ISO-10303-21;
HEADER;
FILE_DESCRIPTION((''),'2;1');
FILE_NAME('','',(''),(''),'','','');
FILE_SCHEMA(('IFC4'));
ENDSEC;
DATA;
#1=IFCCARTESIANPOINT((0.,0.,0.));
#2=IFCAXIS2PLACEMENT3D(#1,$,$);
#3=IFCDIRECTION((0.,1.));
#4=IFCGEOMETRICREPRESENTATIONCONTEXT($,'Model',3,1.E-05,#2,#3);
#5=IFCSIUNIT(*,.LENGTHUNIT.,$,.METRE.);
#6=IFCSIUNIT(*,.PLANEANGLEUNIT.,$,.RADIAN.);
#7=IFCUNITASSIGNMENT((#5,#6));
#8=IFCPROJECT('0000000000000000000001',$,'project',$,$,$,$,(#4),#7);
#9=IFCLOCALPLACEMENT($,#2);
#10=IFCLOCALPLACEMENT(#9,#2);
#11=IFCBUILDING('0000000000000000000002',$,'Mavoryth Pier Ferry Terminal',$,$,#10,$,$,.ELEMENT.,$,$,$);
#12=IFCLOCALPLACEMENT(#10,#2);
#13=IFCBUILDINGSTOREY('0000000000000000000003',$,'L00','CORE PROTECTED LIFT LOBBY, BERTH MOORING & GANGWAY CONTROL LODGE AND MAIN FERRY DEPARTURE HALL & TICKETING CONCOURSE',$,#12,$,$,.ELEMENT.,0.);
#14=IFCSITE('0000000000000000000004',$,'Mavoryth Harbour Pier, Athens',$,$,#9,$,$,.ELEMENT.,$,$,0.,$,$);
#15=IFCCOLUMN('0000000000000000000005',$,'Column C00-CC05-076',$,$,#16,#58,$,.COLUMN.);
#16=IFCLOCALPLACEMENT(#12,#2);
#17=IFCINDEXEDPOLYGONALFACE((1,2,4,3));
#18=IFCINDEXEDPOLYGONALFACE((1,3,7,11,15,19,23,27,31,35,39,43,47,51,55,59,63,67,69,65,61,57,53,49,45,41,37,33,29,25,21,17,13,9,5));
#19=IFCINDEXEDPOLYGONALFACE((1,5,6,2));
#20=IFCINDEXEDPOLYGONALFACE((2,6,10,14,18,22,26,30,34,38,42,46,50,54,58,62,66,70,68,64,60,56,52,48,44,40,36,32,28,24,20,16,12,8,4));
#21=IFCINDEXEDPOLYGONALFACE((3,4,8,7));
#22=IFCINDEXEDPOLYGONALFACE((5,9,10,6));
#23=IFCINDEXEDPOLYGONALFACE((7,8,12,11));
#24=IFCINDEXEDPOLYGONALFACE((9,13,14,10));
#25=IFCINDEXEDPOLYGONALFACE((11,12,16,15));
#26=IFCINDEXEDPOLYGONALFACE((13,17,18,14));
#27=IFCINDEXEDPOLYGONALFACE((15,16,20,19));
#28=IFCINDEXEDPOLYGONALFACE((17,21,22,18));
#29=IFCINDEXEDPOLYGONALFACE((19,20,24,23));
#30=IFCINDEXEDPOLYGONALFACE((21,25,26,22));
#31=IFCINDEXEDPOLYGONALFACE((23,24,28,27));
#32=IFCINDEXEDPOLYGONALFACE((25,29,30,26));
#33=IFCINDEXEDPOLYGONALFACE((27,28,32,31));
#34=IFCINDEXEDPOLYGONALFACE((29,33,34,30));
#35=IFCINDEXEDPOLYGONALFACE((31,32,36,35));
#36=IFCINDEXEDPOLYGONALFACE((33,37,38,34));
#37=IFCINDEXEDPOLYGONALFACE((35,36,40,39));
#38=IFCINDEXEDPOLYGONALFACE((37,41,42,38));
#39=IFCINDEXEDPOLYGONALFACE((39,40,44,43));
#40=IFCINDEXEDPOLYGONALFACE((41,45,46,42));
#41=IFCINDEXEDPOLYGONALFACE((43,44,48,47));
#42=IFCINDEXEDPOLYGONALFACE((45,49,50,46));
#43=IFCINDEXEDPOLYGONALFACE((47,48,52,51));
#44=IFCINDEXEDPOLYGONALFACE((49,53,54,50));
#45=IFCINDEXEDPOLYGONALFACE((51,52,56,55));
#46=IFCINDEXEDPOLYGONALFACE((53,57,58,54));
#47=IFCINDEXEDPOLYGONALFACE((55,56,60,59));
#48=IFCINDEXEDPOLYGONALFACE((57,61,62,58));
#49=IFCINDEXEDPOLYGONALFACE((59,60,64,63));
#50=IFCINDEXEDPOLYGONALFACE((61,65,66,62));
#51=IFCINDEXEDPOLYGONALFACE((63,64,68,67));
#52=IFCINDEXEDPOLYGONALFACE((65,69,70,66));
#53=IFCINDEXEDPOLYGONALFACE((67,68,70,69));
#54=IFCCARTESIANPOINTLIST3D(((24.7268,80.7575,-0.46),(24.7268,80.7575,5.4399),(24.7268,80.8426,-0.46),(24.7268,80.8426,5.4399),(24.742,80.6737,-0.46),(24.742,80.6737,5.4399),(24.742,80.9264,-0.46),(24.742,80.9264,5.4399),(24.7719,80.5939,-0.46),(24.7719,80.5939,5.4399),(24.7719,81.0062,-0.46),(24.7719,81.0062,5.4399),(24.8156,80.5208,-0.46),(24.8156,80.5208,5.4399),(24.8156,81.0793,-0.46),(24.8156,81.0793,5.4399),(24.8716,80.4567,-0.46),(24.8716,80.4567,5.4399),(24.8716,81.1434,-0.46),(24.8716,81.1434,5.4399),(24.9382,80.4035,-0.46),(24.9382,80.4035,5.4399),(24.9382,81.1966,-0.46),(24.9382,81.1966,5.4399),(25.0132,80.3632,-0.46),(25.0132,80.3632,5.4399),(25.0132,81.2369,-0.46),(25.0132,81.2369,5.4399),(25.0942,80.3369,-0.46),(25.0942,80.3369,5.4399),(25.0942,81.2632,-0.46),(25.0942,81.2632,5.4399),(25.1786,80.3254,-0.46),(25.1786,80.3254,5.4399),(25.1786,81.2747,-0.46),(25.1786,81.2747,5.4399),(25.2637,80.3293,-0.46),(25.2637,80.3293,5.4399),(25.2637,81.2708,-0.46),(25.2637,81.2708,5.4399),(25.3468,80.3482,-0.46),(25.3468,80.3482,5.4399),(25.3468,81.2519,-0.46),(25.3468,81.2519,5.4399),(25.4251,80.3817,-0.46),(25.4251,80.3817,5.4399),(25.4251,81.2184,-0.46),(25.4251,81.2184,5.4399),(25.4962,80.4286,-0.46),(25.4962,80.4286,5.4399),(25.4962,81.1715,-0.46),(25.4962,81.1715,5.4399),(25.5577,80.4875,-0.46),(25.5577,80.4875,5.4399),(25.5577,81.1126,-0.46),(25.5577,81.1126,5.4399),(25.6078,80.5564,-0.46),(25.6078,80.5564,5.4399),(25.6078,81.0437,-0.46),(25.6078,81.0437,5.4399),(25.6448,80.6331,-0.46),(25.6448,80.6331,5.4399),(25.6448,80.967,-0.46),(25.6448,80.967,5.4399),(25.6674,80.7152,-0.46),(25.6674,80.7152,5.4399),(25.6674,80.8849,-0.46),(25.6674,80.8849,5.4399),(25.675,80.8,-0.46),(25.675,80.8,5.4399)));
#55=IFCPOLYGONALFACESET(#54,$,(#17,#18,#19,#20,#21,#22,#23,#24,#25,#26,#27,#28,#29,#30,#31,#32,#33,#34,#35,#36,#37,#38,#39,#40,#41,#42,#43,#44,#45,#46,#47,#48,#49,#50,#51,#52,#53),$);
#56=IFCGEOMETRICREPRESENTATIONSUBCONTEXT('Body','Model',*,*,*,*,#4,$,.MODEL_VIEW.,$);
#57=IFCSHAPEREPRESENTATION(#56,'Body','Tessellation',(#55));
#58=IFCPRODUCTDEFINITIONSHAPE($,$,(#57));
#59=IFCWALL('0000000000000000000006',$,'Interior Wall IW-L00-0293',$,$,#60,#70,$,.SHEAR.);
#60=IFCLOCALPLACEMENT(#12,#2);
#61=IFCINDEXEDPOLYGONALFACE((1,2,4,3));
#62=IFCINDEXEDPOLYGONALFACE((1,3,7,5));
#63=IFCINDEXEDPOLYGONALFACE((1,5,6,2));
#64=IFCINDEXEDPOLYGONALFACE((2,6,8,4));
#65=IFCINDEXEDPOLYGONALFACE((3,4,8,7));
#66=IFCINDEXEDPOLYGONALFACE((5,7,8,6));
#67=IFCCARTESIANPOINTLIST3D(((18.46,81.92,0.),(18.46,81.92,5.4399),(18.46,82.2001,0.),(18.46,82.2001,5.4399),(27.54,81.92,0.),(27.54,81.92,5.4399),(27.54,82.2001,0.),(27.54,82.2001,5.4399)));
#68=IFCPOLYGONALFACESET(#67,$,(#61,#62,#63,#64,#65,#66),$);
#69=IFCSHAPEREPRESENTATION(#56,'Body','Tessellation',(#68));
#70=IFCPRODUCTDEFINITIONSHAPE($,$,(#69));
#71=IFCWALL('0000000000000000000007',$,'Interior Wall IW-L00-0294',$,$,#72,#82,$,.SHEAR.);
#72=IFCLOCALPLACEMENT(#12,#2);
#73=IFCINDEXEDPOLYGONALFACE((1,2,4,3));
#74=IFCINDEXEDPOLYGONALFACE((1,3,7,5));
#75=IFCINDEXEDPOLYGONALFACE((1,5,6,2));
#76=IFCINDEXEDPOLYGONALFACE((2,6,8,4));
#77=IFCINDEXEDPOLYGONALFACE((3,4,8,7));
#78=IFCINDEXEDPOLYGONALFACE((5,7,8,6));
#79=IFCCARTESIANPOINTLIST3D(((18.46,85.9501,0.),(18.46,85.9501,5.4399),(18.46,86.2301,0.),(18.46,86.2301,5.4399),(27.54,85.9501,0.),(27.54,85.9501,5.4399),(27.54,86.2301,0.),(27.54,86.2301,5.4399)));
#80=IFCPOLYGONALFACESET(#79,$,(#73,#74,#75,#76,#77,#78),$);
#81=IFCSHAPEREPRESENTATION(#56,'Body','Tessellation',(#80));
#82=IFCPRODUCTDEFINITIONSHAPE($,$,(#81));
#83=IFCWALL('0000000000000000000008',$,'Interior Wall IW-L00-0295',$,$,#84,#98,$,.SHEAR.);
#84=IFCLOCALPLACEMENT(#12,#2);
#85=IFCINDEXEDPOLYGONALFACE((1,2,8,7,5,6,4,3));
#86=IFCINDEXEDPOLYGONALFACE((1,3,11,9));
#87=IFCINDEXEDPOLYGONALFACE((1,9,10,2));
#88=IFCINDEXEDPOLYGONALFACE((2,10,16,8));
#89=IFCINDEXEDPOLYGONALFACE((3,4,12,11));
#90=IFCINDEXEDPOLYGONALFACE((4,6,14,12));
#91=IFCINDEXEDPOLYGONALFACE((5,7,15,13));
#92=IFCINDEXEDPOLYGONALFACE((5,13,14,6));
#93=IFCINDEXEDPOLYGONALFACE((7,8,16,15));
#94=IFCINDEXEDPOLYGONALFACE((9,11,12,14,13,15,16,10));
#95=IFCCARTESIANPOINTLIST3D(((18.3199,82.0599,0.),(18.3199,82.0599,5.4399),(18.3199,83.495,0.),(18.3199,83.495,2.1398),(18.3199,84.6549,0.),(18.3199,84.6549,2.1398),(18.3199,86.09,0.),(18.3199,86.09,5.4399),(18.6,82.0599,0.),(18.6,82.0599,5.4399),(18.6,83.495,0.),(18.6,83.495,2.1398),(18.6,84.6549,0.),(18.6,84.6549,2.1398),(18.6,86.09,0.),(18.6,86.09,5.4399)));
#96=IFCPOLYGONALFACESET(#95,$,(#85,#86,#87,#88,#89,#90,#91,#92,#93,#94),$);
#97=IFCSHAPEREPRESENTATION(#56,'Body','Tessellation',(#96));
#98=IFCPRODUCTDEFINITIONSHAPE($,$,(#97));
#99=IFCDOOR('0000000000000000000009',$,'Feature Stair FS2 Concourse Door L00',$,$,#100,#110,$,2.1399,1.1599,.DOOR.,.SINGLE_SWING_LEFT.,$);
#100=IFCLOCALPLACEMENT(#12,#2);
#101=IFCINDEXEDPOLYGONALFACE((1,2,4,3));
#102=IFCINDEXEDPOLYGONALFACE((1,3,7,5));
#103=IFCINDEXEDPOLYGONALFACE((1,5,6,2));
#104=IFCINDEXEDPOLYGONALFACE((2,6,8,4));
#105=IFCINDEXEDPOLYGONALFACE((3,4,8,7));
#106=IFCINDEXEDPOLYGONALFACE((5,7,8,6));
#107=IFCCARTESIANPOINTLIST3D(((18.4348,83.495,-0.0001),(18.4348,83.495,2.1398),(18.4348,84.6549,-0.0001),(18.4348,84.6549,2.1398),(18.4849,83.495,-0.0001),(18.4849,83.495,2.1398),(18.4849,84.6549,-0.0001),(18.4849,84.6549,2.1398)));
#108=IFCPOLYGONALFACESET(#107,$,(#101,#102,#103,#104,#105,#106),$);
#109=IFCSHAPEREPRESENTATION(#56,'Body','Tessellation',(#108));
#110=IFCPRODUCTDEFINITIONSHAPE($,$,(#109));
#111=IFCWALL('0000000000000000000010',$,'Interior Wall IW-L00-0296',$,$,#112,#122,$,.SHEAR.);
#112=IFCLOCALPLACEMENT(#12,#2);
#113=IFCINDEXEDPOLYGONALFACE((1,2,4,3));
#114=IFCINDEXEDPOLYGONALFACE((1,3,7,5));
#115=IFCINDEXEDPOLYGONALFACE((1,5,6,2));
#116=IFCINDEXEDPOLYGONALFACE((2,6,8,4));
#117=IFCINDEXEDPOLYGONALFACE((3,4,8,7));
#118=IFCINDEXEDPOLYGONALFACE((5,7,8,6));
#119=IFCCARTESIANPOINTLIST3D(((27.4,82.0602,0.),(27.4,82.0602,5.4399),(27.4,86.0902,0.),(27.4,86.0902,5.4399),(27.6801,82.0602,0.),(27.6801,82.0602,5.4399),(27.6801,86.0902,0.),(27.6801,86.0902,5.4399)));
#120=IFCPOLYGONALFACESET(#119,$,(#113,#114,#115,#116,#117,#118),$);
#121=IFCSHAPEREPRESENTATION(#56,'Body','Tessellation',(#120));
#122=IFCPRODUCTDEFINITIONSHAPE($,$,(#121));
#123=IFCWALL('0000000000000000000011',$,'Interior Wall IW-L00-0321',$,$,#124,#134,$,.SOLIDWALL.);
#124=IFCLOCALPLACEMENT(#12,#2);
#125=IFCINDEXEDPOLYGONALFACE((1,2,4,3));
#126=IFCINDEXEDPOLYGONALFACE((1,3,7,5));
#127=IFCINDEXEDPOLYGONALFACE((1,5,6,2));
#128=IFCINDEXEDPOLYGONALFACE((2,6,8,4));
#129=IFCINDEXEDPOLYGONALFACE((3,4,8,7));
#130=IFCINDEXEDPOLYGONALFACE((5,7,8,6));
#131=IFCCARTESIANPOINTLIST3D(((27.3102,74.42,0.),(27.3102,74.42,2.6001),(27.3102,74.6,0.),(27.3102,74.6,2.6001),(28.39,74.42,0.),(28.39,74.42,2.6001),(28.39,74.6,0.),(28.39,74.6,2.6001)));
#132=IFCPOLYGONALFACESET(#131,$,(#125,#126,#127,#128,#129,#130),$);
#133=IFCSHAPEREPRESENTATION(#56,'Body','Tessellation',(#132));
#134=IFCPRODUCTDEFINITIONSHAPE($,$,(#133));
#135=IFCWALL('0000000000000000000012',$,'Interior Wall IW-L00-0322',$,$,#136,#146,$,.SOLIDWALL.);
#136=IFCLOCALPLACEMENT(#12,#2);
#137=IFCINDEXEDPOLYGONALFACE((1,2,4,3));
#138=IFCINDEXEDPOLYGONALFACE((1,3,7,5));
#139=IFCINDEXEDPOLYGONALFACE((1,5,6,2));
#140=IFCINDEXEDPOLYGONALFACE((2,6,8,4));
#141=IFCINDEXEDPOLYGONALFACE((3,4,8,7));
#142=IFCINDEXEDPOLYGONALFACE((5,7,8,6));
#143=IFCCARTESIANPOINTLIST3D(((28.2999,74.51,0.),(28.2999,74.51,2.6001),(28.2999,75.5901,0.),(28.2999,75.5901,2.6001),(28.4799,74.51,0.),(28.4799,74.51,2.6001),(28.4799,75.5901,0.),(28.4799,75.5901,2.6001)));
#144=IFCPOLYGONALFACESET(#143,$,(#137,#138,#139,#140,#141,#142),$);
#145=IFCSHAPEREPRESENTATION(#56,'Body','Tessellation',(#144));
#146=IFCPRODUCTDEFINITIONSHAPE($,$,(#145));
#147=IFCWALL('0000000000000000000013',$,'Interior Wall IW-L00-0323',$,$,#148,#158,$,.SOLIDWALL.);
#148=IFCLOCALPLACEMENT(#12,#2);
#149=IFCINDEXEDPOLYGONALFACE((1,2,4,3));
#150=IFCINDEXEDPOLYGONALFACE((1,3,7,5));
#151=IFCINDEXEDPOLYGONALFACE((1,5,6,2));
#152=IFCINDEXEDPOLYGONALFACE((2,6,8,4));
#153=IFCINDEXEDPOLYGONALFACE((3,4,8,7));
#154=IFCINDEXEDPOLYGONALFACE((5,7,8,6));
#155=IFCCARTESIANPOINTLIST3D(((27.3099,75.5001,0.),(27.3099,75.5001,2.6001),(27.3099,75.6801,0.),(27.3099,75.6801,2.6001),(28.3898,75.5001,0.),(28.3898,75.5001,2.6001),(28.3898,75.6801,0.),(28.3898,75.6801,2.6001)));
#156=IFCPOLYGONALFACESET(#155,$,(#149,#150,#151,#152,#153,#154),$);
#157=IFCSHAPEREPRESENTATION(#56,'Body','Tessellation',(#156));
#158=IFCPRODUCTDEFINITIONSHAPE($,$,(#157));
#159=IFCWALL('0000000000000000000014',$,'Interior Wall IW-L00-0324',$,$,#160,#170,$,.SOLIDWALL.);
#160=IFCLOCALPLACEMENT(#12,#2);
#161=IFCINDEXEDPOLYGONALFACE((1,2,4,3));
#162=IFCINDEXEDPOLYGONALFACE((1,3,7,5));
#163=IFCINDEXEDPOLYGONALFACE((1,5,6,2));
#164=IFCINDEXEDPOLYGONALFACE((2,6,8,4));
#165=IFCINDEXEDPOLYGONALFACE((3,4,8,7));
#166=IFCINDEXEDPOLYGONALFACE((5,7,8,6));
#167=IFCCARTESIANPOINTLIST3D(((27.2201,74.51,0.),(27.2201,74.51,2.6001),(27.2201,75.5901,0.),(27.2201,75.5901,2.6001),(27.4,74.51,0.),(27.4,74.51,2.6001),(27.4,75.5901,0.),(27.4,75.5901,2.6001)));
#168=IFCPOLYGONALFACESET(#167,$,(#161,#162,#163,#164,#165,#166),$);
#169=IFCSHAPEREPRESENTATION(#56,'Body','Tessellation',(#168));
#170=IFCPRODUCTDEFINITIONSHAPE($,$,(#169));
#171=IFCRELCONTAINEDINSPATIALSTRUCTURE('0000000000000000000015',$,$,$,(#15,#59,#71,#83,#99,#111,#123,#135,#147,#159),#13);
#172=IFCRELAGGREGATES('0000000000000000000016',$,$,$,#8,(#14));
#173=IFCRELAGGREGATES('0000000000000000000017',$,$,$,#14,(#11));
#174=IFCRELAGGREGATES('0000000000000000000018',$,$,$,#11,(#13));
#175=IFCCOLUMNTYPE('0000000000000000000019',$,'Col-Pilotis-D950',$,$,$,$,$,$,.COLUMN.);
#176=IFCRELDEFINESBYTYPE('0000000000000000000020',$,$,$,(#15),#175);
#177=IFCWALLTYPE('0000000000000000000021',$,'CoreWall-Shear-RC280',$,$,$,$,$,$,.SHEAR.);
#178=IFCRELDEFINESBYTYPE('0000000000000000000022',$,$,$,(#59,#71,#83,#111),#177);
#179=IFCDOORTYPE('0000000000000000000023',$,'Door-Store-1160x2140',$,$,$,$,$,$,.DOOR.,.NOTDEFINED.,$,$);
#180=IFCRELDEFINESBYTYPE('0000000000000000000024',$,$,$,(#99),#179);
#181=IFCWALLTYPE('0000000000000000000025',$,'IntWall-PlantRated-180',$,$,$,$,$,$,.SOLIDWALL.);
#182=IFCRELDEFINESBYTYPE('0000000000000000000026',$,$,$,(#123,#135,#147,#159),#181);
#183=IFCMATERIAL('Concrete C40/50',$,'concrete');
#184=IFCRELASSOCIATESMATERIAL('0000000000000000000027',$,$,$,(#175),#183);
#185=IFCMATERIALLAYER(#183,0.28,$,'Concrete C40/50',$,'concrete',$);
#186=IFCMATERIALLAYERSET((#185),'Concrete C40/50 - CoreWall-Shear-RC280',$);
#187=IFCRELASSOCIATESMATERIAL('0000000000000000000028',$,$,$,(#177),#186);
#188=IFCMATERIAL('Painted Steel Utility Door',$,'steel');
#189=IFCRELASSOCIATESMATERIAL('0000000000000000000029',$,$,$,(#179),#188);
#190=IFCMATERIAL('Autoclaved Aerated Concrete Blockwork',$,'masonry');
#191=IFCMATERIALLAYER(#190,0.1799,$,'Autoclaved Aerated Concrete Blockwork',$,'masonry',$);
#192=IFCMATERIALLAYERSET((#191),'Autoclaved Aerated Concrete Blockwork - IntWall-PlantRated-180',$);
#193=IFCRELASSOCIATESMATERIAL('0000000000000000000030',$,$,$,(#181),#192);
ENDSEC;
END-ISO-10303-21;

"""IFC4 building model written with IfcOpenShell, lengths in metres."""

from ifc_helpers import new_model, si_unit, direction, frame, frame_2d, origin, origin_2d, place, context, subcontext, project, spatial, rectangle, circle, extrude, material, layer, layer_set, material_profile, profile_set, type_object, element, fill, save


model = new_model("IFC4")

# Units and contexts
model_context = context("Model", 3, precision=1e-05, world=origin(), true_north=direction((0.0, 1.0)))
body_context = subcontext(model_context, "Body", "Model", "MODEL_VIEW")
ifc_project = project(units=[si_unit("LENGTHUNIT", "METRE"), si_unit("PLANEANGLEUNIT", "RADIAN")], contexts=[model_context])

# Site, building, storey
site_placement = place(None, origin())
site = spatial("IfcSite", under=ifc_project, at=site_placement, Name="Mavoryth Harbour Pier, Athens", CompositionType="ELEMENT", RefElevation=0.0)
building_placement = place(site_placement, origin())
building = spatial("IfcBuilding", under=site, at=building_placement, Name="Mavoryth Pier Ferry Terminal", CompositionType="ELEMENT")
storey_placement = place(building_placement, origin())
storey = spatial("IfcBuildingStorey", under=building, at=storey_placement, Name="L00", Description="CORE PROTECTED LIFT LOBBY, BERTH MOORING & GANGWAY CONTROL LODGE AND MAIN FERRY DEPARTURE HALL & TICKETING CONCOURSE", CompositionType="ELEMENT", Elevation=0.0)

# Column
ifc_material_1 = material(Name="Concrete C40/50", Category="concrete")
ifc_material_profile_1 = material_profile(ifc_material_1, circle(Radius=0.4751, at=origin_2d()), Name="RC D950", Category="concrete")
ifc_profile_set_1 = profile_set([ifc_material_profile_1], Name="Concrete C40/50 - RC D950")
column_type = type_object("IfcColumnType", Name="Col-Pilotis-D950", PredefinedType="COLUMN", material=ifc_profile_set_1)
column_placement = place(storey_placement, frame((25.2, 80.8, -0.46), z_axis=(0.0, 0.0, 1.0), x_axis=(1.0, 0.0, 0.0)))
element("IfcColumn", 1, at=column_placement, inside=storey, type_object=column_type, Name="Column C00-CC05-076", PredefinedType="COLUMN", context=body_context, shape_type="SweptSolid", body=[
    extrude(circle(Radius=0.4751, at=origin_2d()), origin(), (0.0, 0.0, 1.0), 5.8999),
])

# Walls
ifc_layer_1 = layer(ifc_material_1, 0.28, Name="Concrete C40/50", Category="concrete")
ifc_layer_set_1 = layer_set([ifc_layer_1], Name="Concrete C40/50 - CoreWall-Shear-RC280")
wall_type_1 = type_object("IfcWallType", Name="CoreWall-Shear-RC280", PredefinedType="SHEAR", material=ifc_layer_set_1)
for number, where, z_axis, x_axis, name in (
    (2, (18.46, 82.0601, 0.0), (0.0, 0.0, 1.0), (1.0, 0.0, 0.0), "Interior Wall IW-L00-0293"),
    (3, (18.46, 86.0901, 0.0), (0.0, 0.0, 1.0), (1.0, 0.0, 0.0), "Interior Wall IW-L00-0294"),
):
    element("IfcWall", number, at=place(storey_placement, frame(where, z_axis=z_axis, x_axis=x_axis)), inside=storey, type_object=wall_type_1, Name=name, PredefinedType="SHEAR", context=body_context, shape_type="SweptSolid", body=[
        extrude(rectangle(XDim=9.0801, YDim=0.28, at=frame_2d((4.54, 0.0))), origin(), (0.0, 0.0, 1.0), 5.4399),
    ])

# Wall, opening, door
wall_1_placement = place(storey_placement, frame((18.46, 86.0901, 0.0), z_axis=(0.0, 0.0, 1.0), x_axis=(0.0, -1.0, 0.0)))
wall_1 = element("IfcWall", 4, at=wall_1_placement, inside=storey, type_object=wall_type_1, Name="Interior Wall IW-L00-0295", PredefinedType="SHEAR", context=body_context, shape_type="SweptSolid", body=[
    extrude(rectangle(XDim=4.03, YDim=0.28, at=frame_2d((2.0151, 0.0))), origin(), (0.0, 0.0, 1.0), 5.4399),
])
opening_placement = place(wall_1_placement, frame((1.4351, 0.0, 0.0)))
opening = element("IfcOpeningElement", 5, at=opening_placement, cuts=wall_1, PredefinedType="OPENING", context=body_context, shape_type="SweptSolid", body=[
    extrude(rectangle(XDim=1.1599, YDim=2.1399, at=frame_2d((0.5801, 1.0698))), frame((0.0, 0.1499, 0.0), z_axis=(0.0, -1.0, 0.0), x_axis=(1.0, 0.0, 0.0)), (0.0, 0.0, 1.0), 0.3),
])
ifc_material_2 = material(Name="Painted Steel Utility Door", Category="steel")
door_type = type_object("IfcDoorType", Name="Door-Store-1160x2140", OperationType="NOTDEFINED", PredefinedType="DOOR", material=ifc_material_2)
door_placement = place(opening_placement, origin())
door = element("IfcDoor", 6, at=door_placement, inside=storey, type_object=door_type, Name="Feature Stair FS2 Concourse Door L00", OperationType="SINGLE_SWING_LEFT", OverallHeight=2.1399, OverallWidth=1.1599, PredefinedType="DOOR", context=body_context, shape_type="SweptSolid", body=[
    extrude(rectangle(XDim=1.1599, YDim=2.1399, at=frame_2d((0.5801, 1.0698))), frame((0.0, 0.0249, 0.0), z_axis=(0.0, -1.0, 0.0), x_axis=(1.0, 0.0, 0.0)), (0.0, 0.0, 1.0), 0.05),
])
fill(opening, door)

# Walls
wall_2_placement = place(storey_placement, frame((27.54, 82.0601, 0.0), z_axis=(0.0, 0.0, 1.0), x_axis=(0.0, 1.0, 0.0)))
element("IfcWall", 7, at=wall_2_placement, inside=storey, type_object=wall_type_1, Name="Interior Wall IW-L00-0296", PredefinedType="SHEAR", context=body_context, shape_type="SweptSolid", body=[
    extrude(rectangle(XDim=4.03, YDim=0.28, at=frame_2d((2.0151, 0.0))), origin(), (0.0, 0.0, 1.0), 5.4399),
])
ifc_material_3 = material(Name="Autoclaved Aerated Concrete Blockwork", Category="masonry")
ifc_layer_2 = layer(ifc_material_3, 0.1799, Name="Autoclaved Aerated Concrete Blockwork", Category="masonry")
ifc_layer_set_2 = layer_set([ifc_layer_2], Name="Autoclaved Aerated Concrete Blockwork - IntWall-PlantRated-180")
wall_type_2 = type_object("IfcWallType", Name="IntWall-PlantRated-180", PredefinedType="SOLIDWALL", material=ifc_layer_set_2)
wall_3_placement = place(storey_placement, frame((27.3101, 74.51, 0.0), z_axis=(0.0, 0.0, 1.0), x_axis=(1.0, 0.0, 0.0)))
element("IfcWall", 8, at=wall_3_placement, inside=storey, type_object=wall_type_2, Name="Interior Wall IW-L00-0321", PredefinedType="SOLIDWALL", context=body_context, shape_type="SweptSolid", body=[
    extrude(rectangle(XDim=1.0798, YDim=0.1799, at=frame_2d((0.54, 0.0))), origin(), (0.0, 0.0, 1.0), 2.6001),
])
wall_4_placement = place(storey_placement, frame((28.3899, 74.51, 0.0), z_axis=(0.0, 0.0, 1.0), x_axis=(0.0, 1.0, 0.0)))
element("IfcWall", 9, at=wall_4_placement, inside=storey, type_object=wall_type_2, Name="Interior Wall IW-L00-0322", PredefinedType="SOLIDWALL", context=body_context, shape_type="SweptSolid", body=[
    extrude(rectangle(XDim=1.0801, YDim=0.1799, at=frame_2d((0.54, 0.0))), origin(), (0.0, 0.0, 1.0), 2.6001),
])
wall_5_placement = place(storey_placement, frame((28.3899, 75.5901, 0.0), z_axis=(0.0, 0.0, 1.0), x_axis=(-1.0, 0.0, 0.0)))
element("IfcWall", 10, at=wall_5_placement, inside=storey, type_object=wall_type_2, Name="Interior Wall IW-L00-0323", PredefinedType="SOLIDWALL", context=body_context, shape_type="SweptSolid", body=[
    extrude(rectangle(XDim=1.0798, YDim=0.1799, at=frame_2d((0.54, 0.0))), origin(), (0.0, 0.0, 1.0), 2.6001),
])
wall_6_placement = place(storey_placement, frame((27.3101, 75.5901, 0.0), z_axis=(0.0, 0.0, 1.0), x_axis=(0.0, -1.0, 0.0)))
element("IfcWall", 11, at=wall_6_placement, inside=storey, type_object=wall_type_2, Name="Interior Wall IW-L00-0324", PredefinedType="SOLIDWALL", context=body_context, shape_type="SweptSolid", body=[
    extrude(rectangle(XDim=1.0801, YDim=0.1799, at=frame_2d((0.54, 0.0))), origin(), (0.0, 0.0, 1.0), 2.6001),
])

save(model, "model.ifc")
